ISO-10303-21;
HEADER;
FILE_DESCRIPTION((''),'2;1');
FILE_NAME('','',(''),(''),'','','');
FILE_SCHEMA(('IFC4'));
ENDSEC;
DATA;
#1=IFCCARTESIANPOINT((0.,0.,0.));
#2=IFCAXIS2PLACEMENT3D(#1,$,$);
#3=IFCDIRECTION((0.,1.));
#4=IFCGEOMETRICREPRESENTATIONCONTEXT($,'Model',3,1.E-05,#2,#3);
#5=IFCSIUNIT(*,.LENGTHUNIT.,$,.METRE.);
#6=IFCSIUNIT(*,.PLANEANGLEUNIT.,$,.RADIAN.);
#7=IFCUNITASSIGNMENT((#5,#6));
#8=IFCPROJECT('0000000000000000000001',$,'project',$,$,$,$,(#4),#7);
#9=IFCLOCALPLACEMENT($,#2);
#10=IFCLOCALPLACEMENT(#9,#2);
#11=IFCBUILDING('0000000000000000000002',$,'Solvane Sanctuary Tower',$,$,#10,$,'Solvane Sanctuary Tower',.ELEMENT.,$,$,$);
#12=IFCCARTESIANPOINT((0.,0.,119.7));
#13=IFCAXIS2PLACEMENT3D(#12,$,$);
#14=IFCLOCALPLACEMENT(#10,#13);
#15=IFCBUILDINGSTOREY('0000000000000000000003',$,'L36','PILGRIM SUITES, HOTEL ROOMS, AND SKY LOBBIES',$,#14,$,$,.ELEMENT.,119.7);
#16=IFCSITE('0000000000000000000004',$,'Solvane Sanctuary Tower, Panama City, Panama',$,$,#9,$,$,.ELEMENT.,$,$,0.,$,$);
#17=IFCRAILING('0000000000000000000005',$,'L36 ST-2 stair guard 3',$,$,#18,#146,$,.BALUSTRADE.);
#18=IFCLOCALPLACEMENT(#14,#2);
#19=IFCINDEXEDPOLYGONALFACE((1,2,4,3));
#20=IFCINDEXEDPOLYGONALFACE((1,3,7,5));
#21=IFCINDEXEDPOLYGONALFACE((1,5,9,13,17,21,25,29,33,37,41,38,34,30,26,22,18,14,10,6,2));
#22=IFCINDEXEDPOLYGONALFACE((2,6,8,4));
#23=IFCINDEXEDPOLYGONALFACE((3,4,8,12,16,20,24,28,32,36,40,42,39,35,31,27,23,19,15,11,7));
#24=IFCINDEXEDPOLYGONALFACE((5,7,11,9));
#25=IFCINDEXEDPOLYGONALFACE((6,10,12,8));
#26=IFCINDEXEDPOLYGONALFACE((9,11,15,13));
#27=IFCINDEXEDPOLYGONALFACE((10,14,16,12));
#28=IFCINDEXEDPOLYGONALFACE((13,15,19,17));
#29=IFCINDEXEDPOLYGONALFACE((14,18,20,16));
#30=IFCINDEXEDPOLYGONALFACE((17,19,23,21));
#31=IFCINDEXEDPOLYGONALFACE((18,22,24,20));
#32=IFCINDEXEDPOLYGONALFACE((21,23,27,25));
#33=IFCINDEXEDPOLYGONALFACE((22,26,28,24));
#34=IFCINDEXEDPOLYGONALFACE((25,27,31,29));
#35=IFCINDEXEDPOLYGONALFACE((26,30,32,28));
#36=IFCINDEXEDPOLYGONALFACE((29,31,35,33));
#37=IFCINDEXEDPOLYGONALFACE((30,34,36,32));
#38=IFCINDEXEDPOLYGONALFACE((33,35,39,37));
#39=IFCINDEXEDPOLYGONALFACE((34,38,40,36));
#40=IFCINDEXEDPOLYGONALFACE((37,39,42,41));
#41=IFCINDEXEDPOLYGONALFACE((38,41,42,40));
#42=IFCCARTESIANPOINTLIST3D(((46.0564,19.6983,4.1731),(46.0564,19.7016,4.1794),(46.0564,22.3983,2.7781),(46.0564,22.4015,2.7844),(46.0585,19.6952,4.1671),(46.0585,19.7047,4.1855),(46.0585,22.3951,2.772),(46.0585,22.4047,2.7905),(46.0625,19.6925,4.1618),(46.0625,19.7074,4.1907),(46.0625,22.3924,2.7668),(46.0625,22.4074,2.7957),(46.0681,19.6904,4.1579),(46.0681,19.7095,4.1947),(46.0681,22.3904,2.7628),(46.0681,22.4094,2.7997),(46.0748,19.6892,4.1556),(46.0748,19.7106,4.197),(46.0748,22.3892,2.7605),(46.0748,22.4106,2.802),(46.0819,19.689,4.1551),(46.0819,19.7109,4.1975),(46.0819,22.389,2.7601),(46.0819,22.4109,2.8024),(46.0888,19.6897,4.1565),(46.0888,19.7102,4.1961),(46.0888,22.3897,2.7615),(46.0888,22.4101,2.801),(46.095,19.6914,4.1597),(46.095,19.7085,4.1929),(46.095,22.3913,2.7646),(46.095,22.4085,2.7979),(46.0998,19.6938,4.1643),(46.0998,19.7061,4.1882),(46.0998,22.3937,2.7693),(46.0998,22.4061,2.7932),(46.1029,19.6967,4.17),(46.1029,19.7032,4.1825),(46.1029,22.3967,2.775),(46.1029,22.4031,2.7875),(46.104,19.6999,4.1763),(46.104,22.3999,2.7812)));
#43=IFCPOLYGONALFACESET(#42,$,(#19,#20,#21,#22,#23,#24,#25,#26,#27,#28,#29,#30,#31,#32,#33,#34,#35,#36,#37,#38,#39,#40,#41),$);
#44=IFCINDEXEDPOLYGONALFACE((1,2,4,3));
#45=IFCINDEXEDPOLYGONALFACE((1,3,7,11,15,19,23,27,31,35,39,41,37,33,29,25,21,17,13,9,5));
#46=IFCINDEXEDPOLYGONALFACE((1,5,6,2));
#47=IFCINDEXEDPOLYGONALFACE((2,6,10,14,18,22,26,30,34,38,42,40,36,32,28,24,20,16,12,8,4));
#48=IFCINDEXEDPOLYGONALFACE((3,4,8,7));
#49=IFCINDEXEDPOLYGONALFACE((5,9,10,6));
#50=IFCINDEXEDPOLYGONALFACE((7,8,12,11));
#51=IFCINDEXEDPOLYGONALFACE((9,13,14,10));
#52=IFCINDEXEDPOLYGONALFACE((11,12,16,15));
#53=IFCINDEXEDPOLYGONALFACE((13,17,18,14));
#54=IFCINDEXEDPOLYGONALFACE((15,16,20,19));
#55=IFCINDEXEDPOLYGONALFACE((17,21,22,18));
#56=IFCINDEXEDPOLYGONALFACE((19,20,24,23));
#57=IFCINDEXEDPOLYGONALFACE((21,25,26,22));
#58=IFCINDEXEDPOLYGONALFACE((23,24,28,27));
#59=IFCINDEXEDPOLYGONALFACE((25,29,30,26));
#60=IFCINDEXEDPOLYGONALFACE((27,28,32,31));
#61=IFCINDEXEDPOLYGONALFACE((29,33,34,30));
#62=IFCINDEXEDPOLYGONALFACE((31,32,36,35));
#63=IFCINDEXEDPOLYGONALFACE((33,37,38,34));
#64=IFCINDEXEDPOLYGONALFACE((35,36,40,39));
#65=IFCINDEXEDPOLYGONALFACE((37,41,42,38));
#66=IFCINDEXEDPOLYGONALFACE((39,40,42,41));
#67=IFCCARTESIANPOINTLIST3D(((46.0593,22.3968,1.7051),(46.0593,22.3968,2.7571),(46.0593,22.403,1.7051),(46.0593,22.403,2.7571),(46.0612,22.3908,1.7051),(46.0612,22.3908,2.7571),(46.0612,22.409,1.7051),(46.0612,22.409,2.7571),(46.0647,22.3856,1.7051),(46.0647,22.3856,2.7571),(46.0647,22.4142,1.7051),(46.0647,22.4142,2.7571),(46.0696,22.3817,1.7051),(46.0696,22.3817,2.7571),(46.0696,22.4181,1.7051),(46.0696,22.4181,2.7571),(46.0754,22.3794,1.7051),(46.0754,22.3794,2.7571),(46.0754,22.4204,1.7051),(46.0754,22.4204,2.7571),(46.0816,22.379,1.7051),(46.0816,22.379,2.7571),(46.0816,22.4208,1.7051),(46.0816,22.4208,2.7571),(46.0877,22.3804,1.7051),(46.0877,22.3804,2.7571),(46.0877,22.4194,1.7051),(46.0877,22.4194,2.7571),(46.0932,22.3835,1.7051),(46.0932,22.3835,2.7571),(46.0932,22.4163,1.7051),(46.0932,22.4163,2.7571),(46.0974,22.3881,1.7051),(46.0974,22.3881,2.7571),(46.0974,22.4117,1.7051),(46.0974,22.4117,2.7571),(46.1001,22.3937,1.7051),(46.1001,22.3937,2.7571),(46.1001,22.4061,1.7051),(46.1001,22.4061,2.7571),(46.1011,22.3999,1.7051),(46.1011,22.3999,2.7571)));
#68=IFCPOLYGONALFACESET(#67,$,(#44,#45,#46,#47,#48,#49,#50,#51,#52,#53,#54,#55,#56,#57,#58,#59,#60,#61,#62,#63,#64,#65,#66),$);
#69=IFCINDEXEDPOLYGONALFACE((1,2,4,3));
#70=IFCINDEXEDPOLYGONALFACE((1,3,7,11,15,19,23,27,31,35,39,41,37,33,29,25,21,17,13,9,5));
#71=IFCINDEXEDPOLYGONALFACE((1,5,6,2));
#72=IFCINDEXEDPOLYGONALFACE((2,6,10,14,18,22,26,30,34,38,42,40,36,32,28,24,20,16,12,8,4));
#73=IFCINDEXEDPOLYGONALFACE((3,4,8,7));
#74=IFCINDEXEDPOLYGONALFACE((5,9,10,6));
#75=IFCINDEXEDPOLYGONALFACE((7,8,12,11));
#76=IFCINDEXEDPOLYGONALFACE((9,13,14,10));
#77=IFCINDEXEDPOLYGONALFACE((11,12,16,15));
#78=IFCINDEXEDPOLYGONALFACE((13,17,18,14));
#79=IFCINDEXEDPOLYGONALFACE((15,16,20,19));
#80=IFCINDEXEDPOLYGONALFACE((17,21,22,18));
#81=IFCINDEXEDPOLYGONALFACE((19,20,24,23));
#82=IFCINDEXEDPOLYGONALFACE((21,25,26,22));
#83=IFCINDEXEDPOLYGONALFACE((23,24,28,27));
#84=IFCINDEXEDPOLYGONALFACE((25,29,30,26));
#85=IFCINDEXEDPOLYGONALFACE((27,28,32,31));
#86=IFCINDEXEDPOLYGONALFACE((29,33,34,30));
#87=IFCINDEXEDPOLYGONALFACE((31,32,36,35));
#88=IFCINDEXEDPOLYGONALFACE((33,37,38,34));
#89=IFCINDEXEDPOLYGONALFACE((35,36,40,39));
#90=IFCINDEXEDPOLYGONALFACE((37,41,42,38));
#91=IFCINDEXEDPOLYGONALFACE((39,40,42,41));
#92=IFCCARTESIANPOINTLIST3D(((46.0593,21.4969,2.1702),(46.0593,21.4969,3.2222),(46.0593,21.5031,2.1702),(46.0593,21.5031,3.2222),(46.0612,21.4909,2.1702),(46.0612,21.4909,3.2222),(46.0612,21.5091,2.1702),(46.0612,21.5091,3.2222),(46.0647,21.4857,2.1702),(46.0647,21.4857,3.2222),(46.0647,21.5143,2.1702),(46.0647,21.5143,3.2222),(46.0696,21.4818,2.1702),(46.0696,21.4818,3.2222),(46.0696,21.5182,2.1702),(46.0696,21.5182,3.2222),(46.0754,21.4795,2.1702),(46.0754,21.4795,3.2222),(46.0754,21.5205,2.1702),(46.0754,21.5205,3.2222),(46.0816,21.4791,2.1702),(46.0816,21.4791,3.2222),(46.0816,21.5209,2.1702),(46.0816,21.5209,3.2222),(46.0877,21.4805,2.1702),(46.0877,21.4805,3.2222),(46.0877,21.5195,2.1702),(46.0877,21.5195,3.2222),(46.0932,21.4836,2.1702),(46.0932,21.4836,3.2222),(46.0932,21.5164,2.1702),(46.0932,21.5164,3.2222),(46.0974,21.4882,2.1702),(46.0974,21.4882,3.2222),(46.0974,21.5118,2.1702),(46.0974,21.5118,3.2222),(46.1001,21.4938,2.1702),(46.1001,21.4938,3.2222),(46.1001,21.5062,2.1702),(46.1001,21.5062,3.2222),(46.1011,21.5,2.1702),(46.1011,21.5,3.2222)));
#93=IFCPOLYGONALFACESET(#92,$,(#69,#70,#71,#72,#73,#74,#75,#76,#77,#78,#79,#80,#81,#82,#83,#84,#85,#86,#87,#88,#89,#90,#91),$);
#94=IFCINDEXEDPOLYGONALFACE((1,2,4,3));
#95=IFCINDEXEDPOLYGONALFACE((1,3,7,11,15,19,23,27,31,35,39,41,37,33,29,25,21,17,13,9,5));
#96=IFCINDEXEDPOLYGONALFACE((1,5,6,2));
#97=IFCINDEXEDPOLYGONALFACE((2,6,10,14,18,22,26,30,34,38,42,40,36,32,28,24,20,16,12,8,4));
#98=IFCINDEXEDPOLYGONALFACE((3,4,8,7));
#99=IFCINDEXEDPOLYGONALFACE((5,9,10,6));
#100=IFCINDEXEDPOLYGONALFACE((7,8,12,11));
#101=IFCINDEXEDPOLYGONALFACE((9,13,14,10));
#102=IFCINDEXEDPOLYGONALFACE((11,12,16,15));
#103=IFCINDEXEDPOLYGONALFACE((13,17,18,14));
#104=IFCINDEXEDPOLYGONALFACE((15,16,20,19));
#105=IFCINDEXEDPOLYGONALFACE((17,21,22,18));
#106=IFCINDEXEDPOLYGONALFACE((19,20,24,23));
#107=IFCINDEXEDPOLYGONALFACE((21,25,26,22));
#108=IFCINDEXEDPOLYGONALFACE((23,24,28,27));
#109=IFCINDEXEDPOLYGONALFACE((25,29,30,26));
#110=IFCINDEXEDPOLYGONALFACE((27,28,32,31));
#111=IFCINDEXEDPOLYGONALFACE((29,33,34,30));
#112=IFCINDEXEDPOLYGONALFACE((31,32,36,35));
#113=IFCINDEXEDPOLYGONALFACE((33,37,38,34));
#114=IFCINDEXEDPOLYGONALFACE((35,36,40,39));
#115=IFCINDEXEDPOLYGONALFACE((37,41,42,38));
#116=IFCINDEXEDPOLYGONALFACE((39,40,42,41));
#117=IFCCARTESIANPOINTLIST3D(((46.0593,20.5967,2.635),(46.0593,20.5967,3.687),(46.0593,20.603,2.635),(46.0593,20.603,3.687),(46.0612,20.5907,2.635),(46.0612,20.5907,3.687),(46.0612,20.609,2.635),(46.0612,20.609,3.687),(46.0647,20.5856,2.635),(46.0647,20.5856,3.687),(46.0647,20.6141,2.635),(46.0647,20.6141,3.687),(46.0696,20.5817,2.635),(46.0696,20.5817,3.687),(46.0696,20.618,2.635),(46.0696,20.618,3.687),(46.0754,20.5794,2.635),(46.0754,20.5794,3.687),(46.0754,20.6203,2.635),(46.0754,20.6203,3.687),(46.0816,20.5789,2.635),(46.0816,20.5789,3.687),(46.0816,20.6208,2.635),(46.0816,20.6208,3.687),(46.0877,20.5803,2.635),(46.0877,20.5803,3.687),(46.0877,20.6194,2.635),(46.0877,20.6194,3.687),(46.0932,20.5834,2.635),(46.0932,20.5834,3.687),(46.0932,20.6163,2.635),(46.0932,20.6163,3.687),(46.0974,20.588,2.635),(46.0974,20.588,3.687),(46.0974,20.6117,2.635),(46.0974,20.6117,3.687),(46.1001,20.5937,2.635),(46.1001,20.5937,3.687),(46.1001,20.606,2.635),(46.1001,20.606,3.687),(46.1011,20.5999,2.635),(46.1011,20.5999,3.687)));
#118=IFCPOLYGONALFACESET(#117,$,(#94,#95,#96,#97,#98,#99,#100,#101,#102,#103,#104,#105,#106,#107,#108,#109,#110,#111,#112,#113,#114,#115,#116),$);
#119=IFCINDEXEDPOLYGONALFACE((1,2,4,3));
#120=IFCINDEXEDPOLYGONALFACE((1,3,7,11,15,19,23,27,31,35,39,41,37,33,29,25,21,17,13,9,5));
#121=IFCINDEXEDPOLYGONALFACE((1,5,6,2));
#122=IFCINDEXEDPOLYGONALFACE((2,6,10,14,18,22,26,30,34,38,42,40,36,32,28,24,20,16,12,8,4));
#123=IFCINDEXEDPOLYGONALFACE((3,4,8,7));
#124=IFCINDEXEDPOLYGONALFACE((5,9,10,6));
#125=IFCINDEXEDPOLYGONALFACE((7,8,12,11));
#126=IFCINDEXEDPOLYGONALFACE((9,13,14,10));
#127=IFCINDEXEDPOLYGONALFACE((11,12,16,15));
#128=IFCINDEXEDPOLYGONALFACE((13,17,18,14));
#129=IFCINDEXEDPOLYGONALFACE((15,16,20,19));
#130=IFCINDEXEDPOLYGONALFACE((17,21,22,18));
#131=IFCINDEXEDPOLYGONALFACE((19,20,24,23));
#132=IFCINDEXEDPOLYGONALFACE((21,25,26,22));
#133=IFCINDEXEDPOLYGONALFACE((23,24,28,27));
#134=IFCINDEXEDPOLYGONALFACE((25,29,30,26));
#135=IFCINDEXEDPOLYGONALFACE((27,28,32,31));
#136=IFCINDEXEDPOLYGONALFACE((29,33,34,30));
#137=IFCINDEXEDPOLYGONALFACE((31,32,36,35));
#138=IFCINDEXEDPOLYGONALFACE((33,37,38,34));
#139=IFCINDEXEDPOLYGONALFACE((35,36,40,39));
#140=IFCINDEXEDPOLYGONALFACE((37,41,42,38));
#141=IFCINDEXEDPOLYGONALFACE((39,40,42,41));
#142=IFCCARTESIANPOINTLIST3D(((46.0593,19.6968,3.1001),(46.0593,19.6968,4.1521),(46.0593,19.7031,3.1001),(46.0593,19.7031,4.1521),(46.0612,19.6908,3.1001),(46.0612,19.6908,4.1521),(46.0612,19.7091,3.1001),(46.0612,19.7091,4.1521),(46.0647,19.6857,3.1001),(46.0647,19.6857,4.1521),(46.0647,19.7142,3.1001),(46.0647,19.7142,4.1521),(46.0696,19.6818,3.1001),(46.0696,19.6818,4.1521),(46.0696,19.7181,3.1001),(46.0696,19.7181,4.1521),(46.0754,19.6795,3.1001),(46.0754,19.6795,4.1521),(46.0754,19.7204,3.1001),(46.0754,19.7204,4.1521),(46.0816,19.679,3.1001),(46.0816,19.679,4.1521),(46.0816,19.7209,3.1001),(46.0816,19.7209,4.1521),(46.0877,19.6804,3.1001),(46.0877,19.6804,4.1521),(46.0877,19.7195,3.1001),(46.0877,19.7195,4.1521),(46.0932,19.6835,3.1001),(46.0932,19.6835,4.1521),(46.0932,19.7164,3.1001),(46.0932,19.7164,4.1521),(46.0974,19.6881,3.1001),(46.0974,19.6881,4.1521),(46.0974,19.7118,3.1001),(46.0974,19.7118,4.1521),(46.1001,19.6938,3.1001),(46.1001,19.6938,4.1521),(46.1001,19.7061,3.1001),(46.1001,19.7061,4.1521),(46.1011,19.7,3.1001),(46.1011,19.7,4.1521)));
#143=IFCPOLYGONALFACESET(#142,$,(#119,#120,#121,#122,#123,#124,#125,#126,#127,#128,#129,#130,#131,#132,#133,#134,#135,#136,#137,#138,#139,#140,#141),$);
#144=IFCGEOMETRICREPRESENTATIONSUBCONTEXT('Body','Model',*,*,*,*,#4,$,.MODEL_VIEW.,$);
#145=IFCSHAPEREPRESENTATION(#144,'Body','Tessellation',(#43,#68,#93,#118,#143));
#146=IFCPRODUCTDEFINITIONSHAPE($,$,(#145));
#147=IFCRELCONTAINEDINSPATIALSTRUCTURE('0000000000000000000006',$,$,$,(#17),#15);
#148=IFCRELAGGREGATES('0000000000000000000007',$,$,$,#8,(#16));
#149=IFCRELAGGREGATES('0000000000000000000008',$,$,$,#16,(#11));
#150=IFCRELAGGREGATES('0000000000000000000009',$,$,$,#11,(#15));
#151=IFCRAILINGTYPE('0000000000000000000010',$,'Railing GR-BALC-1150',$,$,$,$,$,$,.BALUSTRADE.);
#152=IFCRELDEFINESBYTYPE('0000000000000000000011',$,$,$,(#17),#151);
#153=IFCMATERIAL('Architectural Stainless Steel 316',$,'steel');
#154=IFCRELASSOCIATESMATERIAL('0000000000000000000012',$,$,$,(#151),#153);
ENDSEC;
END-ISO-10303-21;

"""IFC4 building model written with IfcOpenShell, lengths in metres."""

from ifc_helpers import new_model, si_unit, direction, frame, origin, origin_2d, place, context, subcontext, project, spatial, circle, extrude, material, type_object, element, save


model = new_model("IFC4")

# Units and contexts
model_context = context("Model", 3, precision=1e-05, world=origin(), true_north=direction((0.0, 1.0)))
body_context = subcontext(model_context, "Body", "Model", "MODEL_VIEW")
ifc_project = project(units=[si_unit("LENGTHUNIT", "METRE"), si_unit("PLANEANGLEUNIT", "RADIAN")], contexts=[model_context])

# Site, building, storey
site_placement = place(None, origin())
site = spatial("IfcSite", under=ifc_project, at=site_placement, Name="Solvane Sanctuary Tower, Panama City, Panama", CompositionType="ELEMENT", RefElevation=0.0)
building_placement = place(site_placement, origin())
building = spatial("IfcBuilding", under=site, at=building_placement, Name="Solvane Sanctuary Tower", LongName="Solvane Sanctuary Tower", CompositionType="ELEMENT")
storey_placement = place(building_placement, frame((0.0, 0.0, 119.7)))
storey = spatial("IfcBuildingStorey", under=building, at=storey_placement, Name="L36", Description="PILGRIM SUITES, HOTEL ROOMS, AND SKY LOBBIES", CompositionType="ELEMENT", Elevation=119.7)

# Shared definitions
ifc_material_1 = material(Name="Architectural Stainless Steel 316", Category="steel")

# Railing
railing_type_1 = type_object("IfcRailingType", Name="Railing GR-BALC-1150", PredefinedType="BALUSTRADE", material=ifc_material_1)
railing_1_placement = place(storey_placement, frame((46.0801, 22.3999, 1.7051)))
element("IfcRailing", 1, at=railing_1_placement, inside=storey, type_object=railing_type_1, Name="L36 ST-2 stair guard 3", PredefinedType="BALUSTRADE", context=body_context, shape_type="SweptSolid", body=[
    extrude(circle(Radius=0.0239, at=origin_2d()), frame((0.0, 0.0, 1.0762), z_axis=(0.0, -0.88842, 0.459032), x_axis=(1.0, 0.0, 0.0)), (0.0, 0.0, 1.0), 3.0391),
    extrude(circle(Radius=0.021, at=origin_2d()), origin(), (0.0, 0.0, 1.0), 1.052),
    extrude(circle(Radius=0.021, at=origin_2d()), frame((0.0, -0.8999, 0.4651)), (0.0, 0.0, 1.0), 1.052),
    extrude(circle(Radius=0.021, at=origin_2d()), frame((0.0, -1.8, 0.9299)), (0.0, 0.0, 1.0), 1.052),
    extrude(circle(Radius=0.021, at=origin_2d()), frame((0.0, -2.7, 1.395)), (0.0, 0.0, 1.0), 1.052),
])

save(model, "model.ifc")
